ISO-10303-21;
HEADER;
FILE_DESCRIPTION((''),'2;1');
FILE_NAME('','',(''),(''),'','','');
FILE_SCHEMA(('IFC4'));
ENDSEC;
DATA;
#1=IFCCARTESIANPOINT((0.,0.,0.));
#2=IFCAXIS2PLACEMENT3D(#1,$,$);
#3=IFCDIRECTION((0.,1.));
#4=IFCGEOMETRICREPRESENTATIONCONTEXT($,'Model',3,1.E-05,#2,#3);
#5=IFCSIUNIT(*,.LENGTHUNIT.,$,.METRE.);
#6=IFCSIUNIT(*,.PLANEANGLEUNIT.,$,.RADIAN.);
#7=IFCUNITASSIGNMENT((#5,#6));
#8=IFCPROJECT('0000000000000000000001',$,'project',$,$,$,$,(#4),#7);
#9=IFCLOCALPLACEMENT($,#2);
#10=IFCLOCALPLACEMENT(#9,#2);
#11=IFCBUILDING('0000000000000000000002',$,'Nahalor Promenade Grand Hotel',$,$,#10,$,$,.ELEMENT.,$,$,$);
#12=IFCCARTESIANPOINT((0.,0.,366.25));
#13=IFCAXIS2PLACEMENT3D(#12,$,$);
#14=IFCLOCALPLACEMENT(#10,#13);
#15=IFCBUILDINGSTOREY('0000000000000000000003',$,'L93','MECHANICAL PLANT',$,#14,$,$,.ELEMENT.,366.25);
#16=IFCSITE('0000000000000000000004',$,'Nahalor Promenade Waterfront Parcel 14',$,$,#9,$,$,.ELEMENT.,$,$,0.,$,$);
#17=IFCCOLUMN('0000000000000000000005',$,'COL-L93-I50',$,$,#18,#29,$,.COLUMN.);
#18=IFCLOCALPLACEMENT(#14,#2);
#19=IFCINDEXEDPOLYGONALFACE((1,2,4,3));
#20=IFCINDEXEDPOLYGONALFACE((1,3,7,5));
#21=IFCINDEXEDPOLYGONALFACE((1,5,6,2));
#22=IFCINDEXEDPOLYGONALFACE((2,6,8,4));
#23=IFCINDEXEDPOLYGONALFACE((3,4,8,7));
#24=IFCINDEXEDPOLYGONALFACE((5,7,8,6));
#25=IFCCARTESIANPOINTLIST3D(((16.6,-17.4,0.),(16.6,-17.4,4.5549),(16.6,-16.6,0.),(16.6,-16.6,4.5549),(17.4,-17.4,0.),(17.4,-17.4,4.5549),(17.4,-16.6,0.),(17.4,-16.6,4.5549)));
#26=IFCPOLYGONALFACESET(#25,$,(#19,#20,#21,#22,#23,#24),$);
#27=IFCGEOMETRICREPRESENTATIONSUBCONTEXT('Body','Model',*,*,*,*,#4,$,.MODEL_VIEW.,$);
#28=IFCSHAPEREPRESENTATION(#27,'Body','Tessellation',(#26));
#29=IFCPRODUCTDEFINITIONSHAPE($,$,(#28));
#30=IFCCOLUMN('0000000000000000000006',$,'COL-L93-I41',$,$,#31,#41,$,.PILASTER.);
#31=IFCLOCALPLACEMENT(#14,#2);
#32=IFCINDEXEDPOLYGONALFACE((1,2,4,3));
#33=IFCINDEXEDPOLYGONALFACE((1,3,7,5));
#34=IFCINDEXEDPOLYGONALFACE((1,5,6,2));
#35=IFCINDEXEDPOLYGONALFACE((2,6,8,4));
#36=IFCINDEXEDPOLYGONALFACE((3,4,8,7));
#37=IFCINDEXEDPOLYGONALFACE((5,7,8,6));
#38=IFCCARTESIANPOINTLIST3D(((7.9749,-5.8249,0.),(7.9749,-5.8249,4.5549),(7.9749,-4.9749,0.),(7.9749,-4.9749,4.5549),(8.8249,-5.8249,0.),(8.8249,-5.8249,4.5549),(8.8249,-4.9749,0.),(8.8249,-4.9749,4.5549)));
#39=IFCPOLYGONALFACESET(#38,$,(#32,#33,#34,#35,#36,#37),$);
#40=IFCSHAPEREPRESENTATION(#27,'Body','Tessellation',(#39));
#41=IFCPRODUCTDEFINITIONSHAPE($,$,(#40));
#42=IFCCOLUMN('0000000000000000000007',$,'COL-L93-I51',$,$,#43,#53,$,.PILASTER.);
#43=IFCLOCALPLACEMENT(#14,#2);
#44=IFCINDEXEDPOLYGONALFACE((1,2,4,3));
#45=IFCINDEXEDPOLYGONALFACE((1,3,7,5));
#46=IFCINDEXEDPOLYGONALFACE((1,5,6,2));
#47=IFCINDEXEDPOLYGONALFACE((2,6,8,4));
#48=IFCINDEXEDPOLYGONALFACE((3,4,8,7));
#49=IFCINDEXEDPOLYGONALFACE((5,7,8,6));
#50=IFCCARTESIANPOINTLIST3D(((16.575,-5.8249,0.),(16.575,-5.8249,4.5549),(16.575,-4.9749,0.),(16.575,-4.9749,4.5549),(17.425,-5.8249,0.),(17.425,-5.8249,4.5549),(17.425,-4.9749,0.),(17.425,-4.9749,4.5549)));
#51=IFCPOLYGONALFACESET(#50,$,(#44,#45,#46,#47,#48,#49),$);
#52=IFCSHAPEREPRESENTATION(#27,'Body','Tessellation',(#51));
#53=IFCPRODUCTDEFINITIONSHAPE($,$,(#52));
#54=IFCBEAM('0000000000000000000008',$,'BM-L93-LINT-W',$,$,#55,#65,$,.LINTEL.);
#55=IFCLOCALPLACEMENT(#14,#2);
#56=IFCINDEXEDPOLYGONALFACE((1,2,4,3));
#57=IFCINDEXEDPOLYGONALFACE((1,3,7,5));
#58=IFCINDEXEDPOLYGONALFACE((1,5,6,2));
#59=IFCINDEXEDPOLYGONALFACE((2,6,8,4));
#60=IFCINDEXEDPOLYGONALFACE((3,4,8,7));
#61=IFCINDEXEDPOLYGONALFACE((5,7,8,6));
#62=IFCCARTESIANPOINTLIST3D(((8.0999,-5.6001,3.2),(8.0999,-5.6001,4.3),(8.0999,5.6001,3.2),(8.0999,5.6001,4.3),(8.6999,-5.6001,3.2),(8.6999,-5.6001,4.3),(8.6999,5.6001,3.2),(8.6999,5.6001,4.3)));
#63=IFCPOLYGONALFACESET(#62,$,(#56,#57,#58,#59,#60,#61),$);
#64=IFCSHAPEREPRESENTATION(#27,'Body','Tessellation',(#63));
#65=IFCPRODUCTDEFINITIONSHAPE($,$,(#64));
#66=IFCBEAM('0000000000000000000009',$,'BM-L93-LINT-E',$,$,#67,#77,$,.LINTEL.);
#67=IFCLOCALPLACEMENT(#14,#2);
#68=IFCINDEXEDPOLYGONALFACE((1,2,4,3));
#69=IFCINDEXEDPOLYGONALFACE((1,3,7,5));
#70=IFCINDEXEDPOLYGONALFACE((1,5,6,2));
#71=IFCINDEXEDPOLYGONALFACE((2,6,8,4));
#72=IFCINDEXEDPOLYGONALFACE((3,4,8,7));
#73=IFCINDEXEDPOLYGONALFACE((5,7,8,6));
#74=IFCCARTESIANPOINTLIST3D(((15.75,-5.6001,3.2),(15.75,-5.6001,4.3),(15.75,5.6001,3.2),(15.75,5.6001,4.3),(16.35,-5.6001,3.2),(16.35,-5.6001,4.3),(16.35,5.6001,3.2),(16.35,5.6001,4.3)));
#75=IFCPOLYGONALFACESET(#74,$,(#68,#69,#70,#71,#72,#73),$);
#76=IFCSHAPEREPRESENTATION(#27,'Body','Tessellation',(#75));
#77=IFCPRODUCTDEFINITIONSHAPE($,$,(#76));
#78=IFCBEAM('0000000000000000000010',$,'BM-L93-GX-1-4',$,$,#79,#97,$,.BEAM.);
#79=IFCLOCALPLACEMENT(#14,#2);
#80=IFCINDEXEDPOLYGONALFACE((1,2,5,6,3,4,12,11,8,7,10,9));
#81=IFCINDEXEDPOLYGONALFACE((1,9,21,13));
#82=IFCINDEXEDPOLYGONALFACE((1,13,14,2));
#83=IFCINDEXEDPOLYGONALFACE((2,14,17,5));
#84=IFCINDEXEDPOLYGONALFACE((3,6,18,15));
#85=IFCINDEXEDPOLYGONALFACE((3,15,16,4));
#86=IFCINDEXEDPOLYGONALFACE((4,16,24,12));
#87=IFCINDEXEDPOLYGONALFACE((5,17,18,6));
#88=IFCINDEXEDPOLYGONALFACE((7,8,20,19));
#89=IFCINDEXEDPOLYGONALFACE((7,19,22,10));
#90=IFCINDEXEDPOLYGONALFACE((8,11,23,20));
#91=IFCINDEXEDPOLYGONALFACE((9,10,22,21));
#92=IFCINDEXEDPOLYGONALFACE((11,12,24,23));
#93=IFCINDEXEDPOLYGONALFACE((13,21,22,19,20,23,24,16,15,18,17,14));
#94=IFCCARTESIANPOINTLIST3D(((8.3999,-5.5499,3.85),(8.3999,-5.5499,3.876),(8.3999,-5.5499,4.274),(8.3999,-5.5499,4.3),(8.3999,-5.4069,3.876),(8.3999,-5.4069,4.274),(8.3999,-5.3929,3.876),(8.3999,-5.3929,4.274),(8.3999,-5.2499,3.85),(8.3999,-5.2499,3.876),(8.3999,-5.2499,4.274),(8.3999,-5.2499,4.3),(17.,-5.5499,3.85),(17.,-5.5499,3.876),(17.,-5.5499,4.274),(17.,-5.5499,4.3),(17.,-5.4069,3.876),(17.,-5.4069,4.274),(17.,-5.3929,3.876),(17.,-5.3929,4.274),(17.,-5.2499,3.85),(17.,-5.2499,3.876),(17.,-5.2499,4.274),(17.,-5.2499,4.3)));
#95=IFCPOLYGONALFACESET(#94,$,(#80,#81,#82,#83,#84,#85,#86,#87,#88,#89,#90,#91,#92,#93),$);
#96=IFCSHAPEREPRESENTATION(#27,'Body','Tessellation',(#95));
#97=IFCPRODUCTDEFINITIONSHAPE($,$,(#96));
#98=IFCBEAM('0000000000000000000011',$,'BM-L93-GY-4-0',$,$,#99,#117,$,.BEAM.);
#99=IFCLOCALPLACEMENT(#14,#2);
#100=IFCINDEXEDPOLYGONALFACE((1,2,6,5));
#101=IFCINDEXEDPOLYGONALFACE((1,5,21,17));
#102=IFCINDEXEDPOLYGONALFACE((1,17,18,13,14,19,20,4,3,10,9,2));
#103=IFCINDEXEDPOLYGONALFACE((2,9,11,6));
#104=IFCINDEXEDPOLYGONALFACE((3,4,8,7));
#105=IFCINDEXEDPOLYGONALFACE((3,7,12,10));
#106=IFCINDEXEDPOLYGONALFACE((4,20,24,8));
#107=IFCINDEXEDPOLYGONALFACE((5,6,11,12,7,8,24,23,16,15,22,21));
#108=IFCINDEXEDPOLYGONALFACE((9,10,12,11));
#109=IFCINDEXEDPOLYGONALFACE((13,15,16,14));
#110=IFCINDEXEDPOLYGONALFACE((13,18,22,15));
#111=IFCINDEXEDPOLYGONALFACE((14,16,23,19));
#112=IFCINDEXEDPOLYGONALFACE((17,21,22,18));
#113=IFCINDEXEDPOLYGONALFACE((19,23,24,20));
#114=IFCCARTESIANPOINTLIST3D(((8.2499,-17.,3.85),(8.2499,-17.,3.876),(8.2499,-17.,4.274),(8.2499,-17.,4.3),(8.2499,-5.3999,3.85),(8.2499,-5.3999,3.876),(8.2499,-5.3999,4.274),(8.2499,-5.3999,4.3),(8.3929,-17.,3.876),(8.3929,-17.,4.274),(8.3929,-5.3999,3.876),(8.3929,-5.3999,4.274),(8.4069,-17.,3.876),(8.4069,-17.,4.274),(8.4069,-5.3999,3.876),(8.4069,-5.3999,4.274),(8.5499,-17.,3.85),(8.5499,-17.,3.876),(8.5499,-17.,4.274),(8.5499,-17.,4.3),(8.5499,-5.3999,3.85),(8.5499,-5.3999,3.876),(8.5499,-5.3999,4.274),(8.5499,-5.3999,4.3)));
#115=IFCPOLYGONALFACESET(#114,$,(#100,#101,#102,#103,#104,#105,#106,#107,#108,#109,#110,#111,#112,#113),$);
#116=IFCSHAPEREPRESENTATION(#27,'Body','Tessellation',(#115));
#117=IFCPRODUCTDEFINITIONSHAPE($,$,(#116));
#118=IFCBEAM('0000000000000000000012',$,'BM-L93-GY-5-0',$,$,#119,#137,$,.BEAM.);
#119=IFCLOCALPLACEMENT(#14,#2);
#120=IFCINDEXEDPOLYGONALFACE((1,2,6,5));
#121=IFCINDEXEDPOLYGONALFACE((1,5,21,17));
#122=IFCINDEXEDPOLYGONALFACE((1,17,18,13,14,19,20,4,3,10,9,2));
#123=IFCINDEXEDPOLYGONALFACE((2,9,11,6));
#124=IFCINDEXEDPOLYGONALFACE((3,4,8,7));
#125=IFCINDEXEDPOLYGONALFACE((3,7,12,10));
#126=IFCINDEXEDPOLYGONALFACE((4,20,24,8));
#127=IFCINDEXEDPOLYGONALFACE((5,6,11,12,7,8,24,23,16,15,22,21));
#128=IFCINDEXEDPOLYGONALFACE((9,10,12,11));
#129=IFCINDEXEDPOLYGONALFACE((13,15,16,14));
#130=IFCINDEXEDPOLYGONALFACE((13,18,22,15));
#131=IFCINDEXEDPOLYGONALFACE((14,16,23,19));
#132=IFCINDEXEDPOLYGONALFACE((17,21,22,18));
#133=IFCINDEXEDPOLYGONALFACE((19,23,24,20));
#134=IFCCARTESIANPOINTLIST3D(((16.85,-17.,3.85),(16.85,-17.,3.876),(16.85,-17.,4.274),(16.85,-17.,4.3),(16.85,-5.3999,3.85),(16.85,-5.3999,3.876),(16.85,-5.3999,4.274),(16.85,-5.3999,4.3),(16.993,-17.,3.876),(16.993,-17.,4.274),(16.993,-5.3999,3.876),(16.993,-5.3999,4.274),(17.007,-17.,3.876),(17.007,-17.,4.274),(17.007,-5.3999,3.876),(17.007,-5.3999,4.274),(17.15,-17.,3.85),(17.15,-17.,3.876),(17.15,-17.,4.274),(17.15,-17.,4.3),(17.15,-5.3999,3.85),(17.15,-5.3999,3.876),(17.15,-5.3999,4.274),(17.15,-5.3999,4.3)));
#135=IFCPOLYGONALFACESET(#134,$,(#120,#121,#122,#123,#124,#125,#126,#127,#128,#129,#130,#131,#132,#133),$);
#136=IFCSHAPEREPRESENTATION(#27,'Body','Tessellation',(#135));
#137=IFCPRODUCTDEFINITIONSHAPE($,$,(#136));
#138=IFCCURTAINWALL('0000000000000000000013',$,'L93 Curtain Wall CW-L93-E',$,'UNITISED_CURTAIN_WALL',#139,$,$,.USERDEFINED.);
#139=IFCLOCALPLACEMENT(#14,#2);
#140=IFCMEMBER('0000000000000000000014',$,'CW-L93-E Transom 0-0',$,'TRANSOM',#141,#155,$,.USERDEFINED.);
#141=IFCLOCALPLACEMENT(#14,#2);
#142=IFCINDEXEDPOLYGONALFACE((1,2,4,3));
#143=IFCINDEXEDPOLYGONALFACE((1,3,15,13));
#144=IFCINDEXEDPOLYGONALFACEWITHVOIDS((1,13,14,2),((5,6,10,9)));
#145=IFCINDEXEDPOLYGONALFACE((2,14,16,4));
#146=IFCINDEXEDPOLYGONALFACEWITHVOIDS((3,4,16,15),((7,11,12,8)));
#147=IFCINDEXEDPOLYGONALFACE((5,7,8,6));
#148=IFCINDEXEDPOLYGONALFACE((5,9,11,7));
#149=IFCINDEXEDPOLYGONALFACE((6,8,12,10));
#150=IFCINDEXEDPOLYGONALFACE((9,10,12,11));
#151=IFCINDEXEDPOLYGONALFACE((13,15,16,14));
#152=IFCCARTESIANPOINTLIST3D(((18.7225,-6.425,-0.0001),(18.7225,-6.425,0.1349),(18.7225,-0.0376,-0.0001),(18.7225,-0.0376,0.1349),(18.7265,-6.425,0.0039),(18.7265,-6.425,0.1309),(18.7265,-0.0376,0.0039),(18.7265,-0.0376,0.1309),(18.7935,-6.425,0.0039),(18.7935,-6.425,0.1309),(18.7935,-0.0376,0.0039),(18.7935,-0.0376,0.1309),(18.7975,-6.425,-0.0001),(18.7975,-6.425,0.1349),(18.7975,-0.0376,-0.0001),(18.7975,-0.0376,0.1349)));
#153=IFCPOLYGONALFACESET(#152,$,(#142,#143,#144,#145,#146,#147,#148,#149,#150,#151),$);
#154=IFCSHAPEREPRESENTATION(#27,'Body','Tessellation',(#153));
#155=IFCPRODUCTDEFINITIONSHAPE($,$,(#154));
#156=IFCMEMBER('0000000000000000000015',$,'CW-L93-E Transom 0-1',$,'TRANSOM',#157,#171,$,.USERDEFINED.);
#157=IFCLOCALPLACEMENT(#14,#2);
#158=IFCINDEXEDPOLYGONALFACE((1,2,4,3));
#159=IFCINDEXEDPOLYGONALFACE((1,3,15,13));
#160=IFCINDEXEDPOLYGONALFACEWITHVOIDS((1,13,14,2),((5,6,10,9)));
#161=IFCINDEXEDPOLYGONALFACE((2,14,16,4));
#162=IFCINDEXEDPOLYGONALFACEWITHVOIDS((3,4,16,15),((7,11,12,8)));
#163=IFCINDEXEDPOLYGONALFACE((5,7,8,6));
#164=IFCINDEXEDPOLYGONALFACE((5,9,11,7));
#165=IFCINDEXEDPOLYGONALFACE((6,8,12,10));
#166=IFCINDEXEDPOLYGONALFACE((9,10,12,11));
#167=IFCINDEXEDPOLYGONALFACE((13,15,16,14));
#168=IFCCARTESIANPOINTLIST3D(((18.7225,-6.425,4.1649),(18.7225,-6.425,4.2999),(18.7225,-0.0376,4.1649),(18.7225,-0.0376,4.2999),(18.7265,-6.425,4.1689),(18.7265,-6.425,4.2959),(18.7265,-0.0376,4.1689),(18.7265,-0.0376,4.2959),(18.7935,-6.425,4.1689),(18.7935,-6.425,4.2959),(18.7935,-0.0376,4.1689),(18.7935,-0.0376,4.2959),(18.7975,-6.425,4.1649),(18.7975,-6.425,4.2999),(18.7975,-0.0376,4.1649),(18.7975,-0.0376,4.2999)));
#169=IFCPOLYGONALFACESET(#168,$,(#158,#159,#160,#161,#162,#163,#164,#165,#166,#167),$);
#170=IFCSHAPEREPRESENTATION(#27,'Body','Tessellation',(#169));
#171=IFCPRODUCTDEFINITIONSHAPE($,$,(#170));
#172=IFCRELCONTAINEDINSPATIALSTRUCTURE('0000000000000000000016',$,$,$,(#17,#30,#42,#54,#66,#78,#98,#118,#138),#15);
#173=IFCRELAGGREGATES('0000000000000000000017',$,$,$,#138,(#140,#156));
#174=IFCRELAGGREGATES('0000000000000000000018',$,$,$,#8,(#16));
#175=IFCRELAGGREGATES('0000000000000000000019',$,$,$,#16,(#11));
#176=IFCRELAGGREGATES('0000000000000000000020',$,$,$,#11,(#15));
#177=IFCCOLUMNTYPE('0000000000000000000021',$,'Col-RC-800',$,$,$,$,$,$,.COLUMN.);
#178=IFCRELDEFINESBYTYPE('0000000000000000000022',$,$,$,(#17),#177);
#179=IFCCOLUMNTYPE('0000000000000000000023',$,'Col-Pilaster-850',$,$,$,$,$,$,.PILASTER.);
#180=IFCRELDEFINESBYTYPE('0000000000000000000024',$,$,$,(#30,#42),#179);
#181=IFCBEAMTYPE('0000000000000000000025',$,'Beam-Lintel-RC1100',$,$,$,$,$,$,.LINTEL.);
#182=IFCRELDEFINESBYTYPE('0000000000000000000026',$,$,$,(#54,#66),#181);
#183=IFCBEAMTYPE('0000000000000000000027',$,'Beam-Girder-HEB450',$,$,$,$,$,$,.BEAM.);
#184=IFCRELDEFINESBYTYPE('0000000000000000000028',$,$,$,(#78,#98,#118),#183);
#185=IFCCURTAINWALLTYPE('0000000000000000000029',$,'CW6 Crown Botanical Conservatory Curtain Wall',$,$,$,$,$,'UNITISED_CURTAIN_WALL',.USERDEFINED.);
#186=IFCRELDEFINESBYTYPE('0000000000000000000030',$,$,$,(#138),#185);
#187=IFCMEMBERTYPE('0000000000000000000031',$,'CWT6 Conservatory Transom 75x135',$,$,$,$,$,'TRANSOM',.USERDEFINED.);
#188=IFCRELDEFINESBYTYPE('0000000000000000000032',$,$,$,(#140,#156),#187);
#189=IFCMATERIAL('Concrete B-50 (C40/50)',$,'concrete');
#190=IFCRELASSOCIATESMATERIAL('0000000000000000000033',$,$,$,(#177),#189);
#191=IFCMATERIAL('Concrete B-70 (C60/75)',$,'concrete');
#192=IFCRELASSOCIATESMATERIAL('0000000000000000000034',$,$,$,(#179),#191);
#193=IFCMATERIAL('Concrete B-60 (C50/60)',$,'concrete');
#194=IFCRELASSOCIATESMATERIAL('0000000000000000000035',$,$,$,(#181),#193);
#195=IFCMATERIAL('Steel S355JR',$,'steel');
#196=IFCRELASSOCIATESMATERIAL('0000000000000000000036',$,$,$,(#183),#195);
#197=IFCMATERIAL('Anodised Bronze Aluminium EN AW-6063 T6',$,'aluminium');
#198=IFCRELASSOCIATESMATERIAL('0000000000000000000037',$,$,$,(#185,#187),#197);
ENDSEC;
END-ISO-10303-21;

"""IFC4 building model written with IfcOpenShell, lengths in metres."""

from ifc_helpers import new_model, si_unit, direction, frame, origin, origin_2d, place, context, subcontext, project, spatial, rectangle, hollow_rectangle, i_section, extrude, source, transform, mapped, material, material_profile, profile_set, type_object, element, aggregate, save


model = new_model("IFC4")

# Units and contexts
model_context = context("Model", 3, precision=1e-05, world=origin(), true_north=direction((0.0, 1.0)))
body_context = subcontext(model_context, "Body", "Model", "MODEL_VIEW")
ifc_project = project(units=[si_unit("LENGTHUNIT", "METRE"), si_unit("PLANEANGLEUNIT", "RADIAN")], contexts=[model_context])

# Site, building, storey
site_placement = place(None, origin())
site = spatial("IfcSite", under=ifc_project, at=site_placement, Name="Nahalor Promenade Waterfront Parcel 14", CompositionType="ELEMENT", RefElevation=0.0)
building_placement = place(site_placement, origin())
building = spatial("IfcBuilding", under=site, at=building_placement, Name="Nahalor Promenade Grand Hotel", CompositionType="ELEMENT")
storey_placement = place(building_placement, frame((0.0, 0.0, 366.25)))
storey = spatial("IfcBuildingStorey", under=building, at=storey_placement, Name="L93", Description="MECHANICAL PLANT", CompositionType="ELEMENT", Elevation=366.25)

# Columns
ifc_material_1 = material(Name="Concrete B-50 (C40/50)", Category="concrete")
ifc_material_profile_1 = material_profile(ifc_material_1, rectangle(XDim=0.8, YDim=0.8, at=origin_2d()), Name="RC 800x800")
ifc_profile_set_1 = profile_set([ifc_material_profile_1], Name="Concrete B-50 (C40/50)")
column_type_1 = type_object("IfcColumnType", Name="Col-RC-800", PredefinedType="COLUMN", material=ifc_profile_set_1)
shared_shape_1 = source(origin(), body_context, "Body", "SweptSolid", [
    extrude(rectangle(XDim=0.8, YDim=0.8, at=origin_2d()), origin(), (0.0, 0.0, 1.0), 4.5549),
])
column_placement = place(storey_placement, frame((17.0, -17.0, 0.0), z_axis=(0.0, 0.0, 1.0), x_axis=(1.0, 0.0, 0.0)))
element("IfcColumn", 1, at=column_placement, inside=storey, type_object=column_type_1, Name="COL-L93-I50", PredefinedType="COLUMN", context=body_context, shape_type="MappedRepresentation", body=[
    mapped(shared_shape_1, transform((0.0, 0.0, 0.0), scale=1.0)),
])
ifc_material_2 = material(Name="Concrete B-70 (C60/75)", Category="concrete")
ifc_material_profile_2 = material_profile(ifc_material_2, rectangle(XDim=0.85, YDim=0.85, at=origin_2d()), Name="RC 850x850")
ifc_profile_set_2 = profile_set([ifc_material_profile_2], Name="Concrete B-70 (C60/75)")
column_type_2 = type_object("IfcColumnType", Name="Col-Pilaster-850", PredefinedType="PILASTER", material=ifc_profile_set_2)
shared_shape_2 = source(origin(), body_context, "Body", "SweptSolid", [
    extrude(rectangle(XDim=0.85, YDim=0.85, at=origin_2d()), origin(), (0.0, 0.0, 1.0), 4.5549),
])
for number, where, z_axis, x_axis, name in (
    (2, (8.3999, -5.3999, 0.0), (0.0, 0.0, 1.0), (1.0, 0.0, 0.0), "COL-L93-I41"),
    (3, (17.0, -5.3999, 0.0), (0.0, 0.0, 1.0), (1.0, 0.0, 0.0), "COL-L93-I51"),
):
    element("IfcColumn", number, at=place(storey_placement, frame(where, z_axis=z_axis, x_axis=x_axis)), inside=storey, type_object=column_type_2, Name=name, PredefinedType="PILASTER", context=body_context, shape_type="MappedRepresentation", body=[
        mapped(shared_shape_2, transform((0.0, 0.0, 0.0), scale=1.0)),
    ])

# Beams
ifc_material_3 = material(Name="Concrete B-60 (C50/60)", Category="concrete")
ifc_material_profile_3 = material_profile(ifc_material_3, rectangle(XDim=0.6, YDim=1.1, at=origin_2d()), Name="RC 600x1100")
ifc_profile_set_3 = profile_set([ifc_material_profile_3], Name="Concrete B-60 (C50/60)")
beam_type_1 = type_object("IfcBeamType", Name="Beam-Lintel-RC1100", PredefinedType="LINTEL", material=ifc_profile_set_3)
shared_shape_3 = source(origin(), body_context, "Body", "SweptSolid", [
    extrude(rectangle(XDim=0.6, YDim=1.1, at=origin_2d()), origin(), (0.0, 0.0, 1.0), 11.2002),
])
for number, where, z_axis, x_axis, name in (
    (4, (8.3999, -5.6001, 3.75), (0.0, 1.0, 0.0), (-1.0, 0.0, 0.0), "BM-L93-LINT-W"),
    (5, (16.05, -5.6001, 3.75), (0.0, 1.0, 0.0), (-1.0, 0.0, 0.0), "BM-L93-LINT-E"),
):
    element("IfcBeam", number, at=place(storey_placement, frame(where, z_axis=z_axis, x_axis=x_axis)), inside=storey, type_object=beam_type_1, Name=name, PredefinedType="LINTEL", context=body_context, shape_type="MappedRepresentation", body=[
        mapped(shared_shape_3, transform((0.0, 0.0, 0.0), scale=1.0)),
    ])
ifc_material_4 = material(Name="Steel S355JR", Category="steel")
ifc_material_profile_4 = material_profile(ifc_material_4, i_section(OverallWidth=0.3, OverallDepth=0.45, WebThickness=0.014, FlangeThickness=0.026, at=origin_2d()), Name="HEB 450")
ifc_profile_set_4 = profile_set([ifc_material_profile_4], Name="Steel S355JR")
beam_type_2 = type_object("IfcBeamType", Name="Beam-Girder-HEB450", PredefinedType="BEAM", material=ifc_profile_set_4)
shared_shape_4 = source(origin(), body_context, "Body", "SweptSolid", [
    extrude(i_section(OverallWidth=0.3, OverallDepth=0.45, WebThickness=0.014, FlangeThickness=0.026, at=origin_2d()), origin(), (0.0, 0.0, 1.0), 8.6001),
])
beam_placement = place(storey_placement, frame((8.3999, -5.3999, 4.075), z_axis=(1.0, 0.0, 0.0), x_axis=(0.0, 1.0, 0.0)))
element("IfcBeam", 6, at=beam_placement, inside=storey, type_object=beam_type_2, Name="BM-L93-GX-1-4", PredefinedType="BEAM", context=body_context, shape_type="MappedRepresentation", body=[
    mapped(shared_shape_4, transform((0.0, 0.0, 0.0), scale=1.0)),
])
shared_shape_5 = source(origin(), body_context, "Body", "SweptSolid", [
    extrude(i_section(OverallWidth=0.3, OverallDepth=0.45, WebThickness=0.014, FlangeThickness=0.026, at=origin_2d()), origin(), (0.0, 0.0, 1.0), 11.6001),
])
for number, where, z_axis, x_axis, name in (
    (7, (8.3999, -17.0, 4.075), (0.0, 1.0, 0.0), (-1.0, 0.0, 0.0), "BM-L93-GY-4-0"),
    (8, (17.0, -17.0, 4.075), (0.0, 1.0, 0.0), (-1.0, 0.0, 0.0), "BM-L93-GY-5-0"),
):
    element("IfcBeam", number, at=place(storey_placement, frame(where, z_axis=z_axis, x_axis=x_axis)), inside=storey, type_object=beam_type_2, Name=name, PredefinedType="BEAM", context=body_context, shape_type="MappedRepresentation", body=[
        mapped(shared_shape_5, transform((0.0, 0.0, 0.0), scale=1.0)),
    ])

# Curtain wall, members
ifc_material_5 = material(Name="Anodised Bronze Aluminium EN AW-6063 T6", Category="aluminium")
curtain_wall_type = type_object("IfcCurtainWallType", Name="CW6 Crown Botanical Conservatory Curtain Wall", ElementType="UNITISED_CURTAIN_WALL", PredefinedType="USERDEFINED", material=ifc_material_5)
curtain_wall_placement = place(storey_placement, origin())
curtain_wall = element("IfcCurtainWall", 9, at=curtain_wall_placement, inside=storey, type_object=curtain_wall_type, Name="L93 Curtain Wall CW-L93-E", ObjectType="UNITISED_CURTAIN_WALL", PredefinedType="USERDEFINED")
ifc_material_profile_5 = material_profile(ifc_material_5, hollow_rectangle(XDim=0.075, YDim=0.135, WallThickness=0.004, at=origin_2d()), Name="CWT 75x135x4")
ifc_profile_set_5 = profile_set([ifc_material_profile_5], Name="Anodised Bronze Aluminium EN AW-6063 T6")
member_type_1 = type_object("IfcMemberType", Name="CWT6 Conservatory Transom 75x135", ElementType="TRANSOM", PredefinedType="USERDEFINED", material=ifc_profile_set_5)
shared_shape_6 = source(origin(), body_context, "Body", "SweptSolid", [
    extrude(hollow_rectangle(XDim=0.075, YDim=0.135, WallThickness=0.004, at=origin_2d()), origin(), (0.0, 0.0, 1.0), 6.3875),
])
member_1_placement = place(storey_placement, frame((18.76, -6.425, 0.0674), z_axis=(0.0, 1.0, 0.0), x_axis=(-1.0, 0.0, 0.0)))
member_1 = element("IfcMember", 10, at=member_1_placement, type_object=member_type_1, Name="CW-L93-E Transom 0-0", ObjectType="TRANSOM", PredefinedType="USERDEFINED", context=body_context, shape_type="MappedRepresentation", body=[
    mapped(shared_shape_6, transform((0.0, 0.0, 0.0), scale=1.0)),
])
member_2_placement = place(storey_placement, frame((18.76, -6.425, 4.2324), z_axis=(0.0, 1.0, 0.0), x_axis=(-1.0, 0.0, 0.0)))
member_2 = element("IfcMember", 11, at=member_2_placement, type_object=member_type_1, Name="CW-L93-E Transom 0-1", ObjectType="TRANSOM", PredefinedType="USERDEFINED", context=body_context, shape_type="MappedRepresentation", body=[
    mapped(shared_shape_6, transform((0.0, 0.0, 0.0), scale=1.0)),
])
aggregate(curtain_wall, [member_1, member_2])

save(model, "model.ifc")
